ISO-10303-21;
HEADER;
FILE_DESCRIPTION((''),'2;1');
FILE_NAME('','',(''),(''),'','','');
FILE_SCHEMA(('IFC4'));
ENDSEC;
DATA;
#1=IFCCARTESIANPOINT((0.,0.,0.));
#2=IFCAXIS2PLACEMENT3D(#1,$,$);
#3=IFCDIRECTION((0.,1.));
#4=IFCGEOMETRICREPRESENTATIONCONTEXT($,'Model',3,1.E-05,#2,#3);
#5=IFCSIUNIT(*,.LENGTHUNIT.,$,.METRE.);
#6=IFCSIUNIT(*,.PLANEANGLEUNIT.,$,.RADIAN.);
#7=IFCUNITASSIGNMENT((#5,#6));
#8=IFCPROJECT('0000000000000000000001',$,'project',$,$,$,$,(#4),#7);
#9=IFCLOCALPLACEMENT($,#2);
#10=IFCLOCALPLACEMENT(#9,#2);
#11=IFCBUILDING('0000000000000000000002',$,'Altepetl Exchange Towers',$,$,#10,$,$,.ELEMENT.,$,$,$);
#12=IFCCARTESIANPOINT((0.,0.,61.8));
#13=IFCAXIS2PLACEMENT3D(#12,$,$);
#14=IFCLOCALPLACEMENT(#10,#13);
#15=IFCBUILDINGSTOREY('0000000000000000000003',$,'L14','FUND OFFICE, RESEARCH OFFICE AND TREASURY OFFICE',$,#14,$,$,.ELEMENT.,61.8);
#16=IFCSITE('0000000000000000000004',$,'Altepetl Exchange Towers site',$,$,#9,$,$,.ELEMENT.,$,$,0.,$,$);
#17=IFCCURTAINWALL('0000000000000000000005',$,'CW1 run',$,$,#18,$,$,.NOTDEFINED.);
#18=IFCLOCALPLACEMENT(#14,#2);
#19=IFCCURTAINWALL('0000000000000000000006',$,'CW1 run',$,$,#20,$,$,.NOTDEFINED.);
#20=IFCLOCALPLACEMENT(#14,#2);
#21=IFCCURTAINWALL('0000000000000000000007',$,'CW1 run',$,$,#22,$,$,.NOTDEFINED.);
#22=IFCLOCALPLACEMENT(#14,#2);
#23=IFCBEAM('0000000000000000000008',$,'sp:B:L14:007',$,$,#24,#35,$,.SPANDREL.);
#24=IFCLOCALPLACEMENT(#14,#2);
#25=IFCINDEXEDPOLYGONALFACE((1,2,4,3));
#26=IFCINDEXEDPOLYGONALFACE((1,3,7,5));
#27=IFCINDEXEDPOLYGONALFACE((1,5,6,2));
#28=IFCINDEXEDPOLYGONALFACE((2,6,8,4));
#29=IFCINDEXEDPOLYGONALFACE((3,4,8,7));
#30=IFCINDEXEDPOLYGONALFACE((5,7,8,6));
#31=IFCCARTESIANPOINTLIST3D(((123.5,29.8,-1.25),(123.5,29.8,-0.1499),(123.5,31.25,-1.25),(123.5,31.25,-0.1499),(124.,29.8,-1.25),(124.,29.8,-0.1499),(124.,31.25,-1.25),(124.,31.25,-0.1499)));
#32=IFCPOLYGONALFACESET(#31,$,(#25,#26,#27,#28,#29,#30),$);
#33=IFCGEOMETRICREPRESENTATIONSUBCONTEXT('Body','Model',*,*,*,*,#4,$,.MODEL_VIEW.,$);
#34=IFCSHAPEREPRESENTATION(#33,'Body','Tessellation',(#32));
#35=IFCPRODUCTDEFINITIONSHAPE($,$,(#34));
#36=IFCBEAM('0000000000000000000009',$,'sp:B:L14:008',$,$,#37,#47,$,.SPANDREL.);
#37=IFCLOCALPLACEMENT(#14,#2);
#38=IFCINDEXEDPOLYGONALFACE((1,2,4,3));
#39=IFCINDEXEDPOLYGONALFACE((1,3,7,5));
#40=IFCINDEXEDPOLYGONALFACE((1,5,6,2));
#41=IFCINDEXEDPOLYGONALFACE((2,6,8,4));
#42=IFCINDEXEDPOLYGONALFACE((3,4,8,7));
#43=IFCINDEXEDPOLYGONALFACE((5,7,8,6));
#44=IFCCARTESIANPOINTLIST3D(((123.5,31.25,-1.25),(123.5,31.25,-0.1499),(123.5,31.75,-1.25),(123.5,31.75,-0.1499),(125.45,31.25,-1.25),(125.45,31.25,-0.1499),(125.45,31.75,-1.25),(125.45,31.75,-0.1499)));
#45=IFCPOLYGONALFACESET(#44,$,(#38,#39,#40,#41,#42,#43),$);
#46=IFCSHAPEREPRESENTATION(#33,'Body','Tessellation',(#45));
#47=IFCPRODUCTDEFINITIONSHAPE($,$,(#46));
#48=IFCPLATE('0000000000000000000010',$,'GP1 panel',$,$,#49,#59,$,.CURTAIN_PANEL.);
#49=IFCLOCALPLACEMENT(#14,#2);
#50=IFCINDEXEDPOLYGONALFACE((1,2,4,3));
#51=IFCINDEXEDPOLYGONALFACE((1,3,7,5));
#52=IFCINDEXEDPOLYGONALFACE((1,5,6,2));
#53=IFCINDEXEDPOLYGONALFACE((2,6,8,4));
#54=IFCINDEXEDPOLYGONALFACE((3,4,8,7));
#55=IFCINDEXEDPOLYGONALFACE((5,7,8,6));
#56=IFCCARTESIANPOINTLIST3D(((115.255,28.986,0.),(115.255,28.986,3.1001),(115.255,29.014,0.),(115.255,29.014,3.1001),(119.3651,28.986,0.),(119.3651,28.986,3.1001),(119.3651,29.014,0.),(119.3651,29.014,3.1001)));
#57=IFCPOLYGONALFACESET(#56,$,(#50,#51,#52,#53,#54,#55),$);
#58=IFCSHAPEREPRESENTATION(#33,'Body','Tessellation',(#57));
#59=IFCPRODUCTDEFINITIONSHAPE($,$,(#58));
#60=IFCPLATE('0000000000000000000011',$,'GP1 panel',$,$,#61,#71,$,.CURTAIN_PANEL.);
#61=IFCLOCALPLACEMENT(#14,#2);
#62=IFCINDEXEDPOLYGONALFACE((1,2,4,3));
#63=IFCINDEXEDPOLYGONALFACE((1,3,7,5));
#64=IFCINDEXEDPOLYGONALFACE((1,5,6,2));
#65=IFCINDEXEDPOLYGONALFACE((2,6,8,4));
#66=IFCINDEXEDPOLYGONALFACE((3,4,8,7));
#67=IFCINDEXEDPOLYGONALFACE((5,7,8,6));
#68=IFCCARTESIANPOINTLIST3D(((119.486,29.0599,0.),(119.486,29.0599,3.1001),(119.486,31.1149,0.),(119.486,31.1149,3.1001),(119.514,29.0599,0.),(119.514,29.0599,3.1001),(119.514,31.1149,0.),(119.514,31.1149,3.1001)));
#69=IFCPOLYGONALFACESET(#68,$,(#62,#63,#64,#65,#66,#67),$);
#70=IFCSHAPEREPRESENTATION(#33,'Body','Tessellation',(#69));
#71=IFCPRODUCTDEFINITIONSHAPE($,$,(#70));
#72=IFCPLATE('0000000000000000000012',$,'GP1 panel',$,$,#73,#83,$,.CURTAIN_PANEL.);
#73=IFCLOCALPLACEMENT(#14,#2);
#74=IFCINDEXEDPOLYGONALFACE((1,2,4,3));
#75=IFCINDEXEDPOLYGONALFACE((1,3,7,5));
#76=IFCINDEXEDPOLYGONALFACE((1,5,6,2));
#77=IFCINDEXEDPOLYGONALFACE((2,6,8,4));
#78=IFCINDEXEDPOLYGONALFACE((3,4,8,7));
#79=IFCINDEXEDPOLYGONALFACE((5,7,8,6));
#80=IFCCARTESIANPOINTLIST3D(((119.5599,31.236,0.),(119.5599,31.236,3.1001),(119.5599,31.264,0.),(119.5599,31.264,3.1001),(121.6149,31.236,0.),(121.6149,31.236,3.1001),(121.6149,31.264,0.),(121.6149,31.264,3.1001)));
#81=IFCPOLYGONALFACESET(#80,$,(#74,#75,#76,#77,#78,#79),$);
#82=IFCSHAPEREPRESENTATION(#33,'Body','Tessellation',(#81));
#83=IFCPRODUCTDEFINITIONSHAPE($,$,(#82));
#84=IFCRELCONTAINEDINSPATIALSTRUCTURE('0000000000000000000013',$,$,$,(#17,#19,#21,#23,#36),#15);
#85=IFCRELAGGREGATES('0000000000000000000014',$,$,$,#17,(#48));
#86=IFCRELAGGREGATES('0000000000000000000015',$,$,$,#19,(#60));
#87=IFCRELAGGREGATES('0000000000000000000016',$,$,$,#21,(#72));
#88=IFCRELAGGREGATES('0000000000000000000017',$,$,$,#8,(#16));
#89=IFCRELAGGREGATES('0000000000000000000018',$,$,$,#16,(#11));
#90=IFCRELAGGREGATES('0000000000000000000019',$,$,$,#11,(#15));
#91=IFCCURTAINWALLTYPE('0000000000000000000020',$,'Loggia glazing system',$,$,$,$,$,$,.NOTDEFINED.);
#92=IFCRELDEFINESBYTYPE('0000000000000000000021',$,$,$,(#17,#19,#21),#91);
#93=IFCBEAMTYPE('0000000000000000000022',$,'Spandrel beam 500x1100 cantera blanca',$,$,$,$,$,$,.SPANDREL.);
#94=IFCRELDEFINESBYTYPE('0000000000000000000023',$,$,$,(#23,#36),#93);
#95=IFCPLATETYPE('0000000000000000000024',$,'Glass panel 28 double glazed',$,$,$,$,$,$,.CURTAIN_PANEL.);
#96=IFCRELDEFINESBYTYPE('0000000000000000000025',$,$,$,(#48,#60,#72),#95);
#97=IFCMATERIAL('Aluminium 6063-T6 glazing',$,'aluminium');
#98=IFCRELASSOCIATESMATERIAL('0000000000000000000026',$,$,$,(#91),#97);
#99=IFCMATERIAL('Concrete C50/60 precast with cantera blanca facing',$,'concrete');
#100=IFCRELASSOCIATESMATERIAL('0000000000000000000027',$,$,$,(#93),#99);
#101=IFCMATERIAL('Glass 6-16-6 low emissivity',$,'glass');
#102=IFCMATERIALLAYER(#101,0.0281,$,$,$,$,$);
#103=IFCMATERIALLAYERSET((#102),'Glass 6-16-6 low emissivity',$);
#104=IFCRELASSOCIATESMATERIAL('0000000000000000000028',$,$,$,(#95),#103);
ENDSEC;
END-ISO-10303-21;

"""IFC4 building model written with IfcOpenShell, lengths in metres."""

from ifc_helpers import new_model, si_unit, direction, frame, origin, origin_2d, place, context, subcontext, project, spatial, rectangle, extrude, material, layer, layer_set, material_profile, profile_set, type_object, element, aggregate, save


model = new_model("IFC4")

# Units and contexts
model_context = context("Model", 3, precision=1e-05, world=origin(), true_north=direction((0.0, 1.0)))
body_context = subcontext(model_context, "Body", "Model", "MODEL_VIEW")
ifc_project = project(units=[si_unit("LENGTHUNIT", "METRE"), si_unit("PLANEANGLEUNIT", "RADIAN")], contexts=[model_context])

# Site, building, storey
site_placement = place(None, origin())
site = spatial("IfcSite", under=ifc_project, at=site_placement, Name="Altepetl Exchange Towers site", CompositionType="ELEMENT", RefElevation=0.0)
building_placement = place(site_placement, origin())
building = spatial("IfcBuilding", under=site, at=building_placement, Name="Altepetl Exchange Towers", CompositionType="ELEMENT")
storey_placement = place(building_placement, frame((0.0, 0.0, 61.8)))
storey = spatial("IfcBuildingStorey", under=building, at=storey_placement, Name="L14", Description="FUND OFFICE, RESEARCH OFFICE AND TREASURY OFFICE", CompositionType="ELEMENT", Elevation=61.8)

# Curtain wall
ifc_material_1 = material(Name="Aluminium 6063-T6 glazing", Category="aluminium")
curtain_wall_type = type_object("IfcCurtainWallType", Name="Loggia glazing system", PredefinedType="NOTDEFINED", material=ifc_material_1)
curtain_wall_1_placement = place(storey_placement, origin())
curtain_wall_1 = element("IfcCurtainWall", 1, at=curtain_wall_1_placement, inside=storey, type_object=curtain_wall_type, Name="CW1 run", PredefinedType="NOTDEFINED")

# Curtain walls
curtain_wall_2_placement = place(storey_placement, origin())
curtain_wall_2 = element("IfcCurtainWall", 2, at=curtain_wall_2_placement, inside=storey, type_object=curtain_wall_type, Name="CW1 run", PredefinedType="NOTDEFINED")
curtain_wall_3_placement = place(storey_placement, origin())
curtain_wall_3 = element("IfcCurtainWall", 3, at=curtain_wall_3_placement, inside=storey, type_object=curtain_wall_type, Name="CW1 run", PredefinedType="NOTDEFINED")

# Beams
ifc_material_2 = material(Name="Concrete C50/60 precast with cantera blanca facing", Category="concrete")
ifc_material_profile_1 = material_profile(ifc_material_2, rectangle(XDim=0.5, YDim=1.1001, at=origin_2d()), Name="500 x 1100")
ifc_profile_set_1 = profile_set([ifc_material_profile_1], Name="Concrete C50/60 precast with cantera blanca facing")
beam_type_1 = type_object("IfcBeamType", Name="Spandrel beam 500x1100 cantera blanca", PredefinedType="SPANDREL", material=ifc_profile_set_1)
beam_1_placement = place(storey_placement, frame((123.75, 29.8, -0.7), z_axis=(0.0, 1.0, 0.0), x_axis=(-1.0, 0.0, 0.0)))
element("IfcBeam", 4, at=beam_1_placement, inside=storey, type_object=beam_type_1, Name="sp:B:L14:007", PredefinedType="SPANDREL", context=body_context, shape_type="SweptSolid", body=[
    extrude(rectangle(XDim=0.5, YDim=1.1001, at=origin_2d()), origin(), (0.0, 0.0, 1.0), 1.45),
])
beam_2_placement = place(storey_placement, frame((123.5, 31.5, -0.7), z_axis=(1.0, 0.0, 0.0), x_axis=(0.0, 1.0, 0.0)))
element("IfcBeam", 5, at=beam_2_placement, inside=storey, type_object=beam_type_1, Name="sp:B:L14:008", PredefinedType="SPANDREL", context=body_context, shape_type="SweptSolid", body=[
    extrude(rectangle(XDim=0.5, YDim=1.1001, at=origin_2d()), origin(), (0.0, 0.0, 1.0), 1.95),
])

# Plates
ifc_material_3 = material(Name="Glass 6-16-6 low emissivity", Category="glass")
ifc_layer = layer(ifc_material_3, 0.0281)
ifc_layer_set = layer_set([ifc_layer], Name="Glass 6-16-6 low emissivity")
plate_type = type_object("IfcPlateType", Name="Glass panel 28 double glazed", PredefinedType="CURTAIN_PANEL", material=ifc_layer_set)
plate_1_placement = place(storey_placement, frame((117.3101, 29.0, 0.0)))
plate_1 = element("IfcPlate", 6, at=plate_1_placement, type_object=plate_type, Name="GP1 panel", PredefinedType="CURTAIN_PANEL", context=body_context, shape_type="SweptSolid", body=[
    extrude(rectangle(XDim=4.1101, YDim=0.0281, at=origin_2d()), origin(), (0.0, 0.0, 1.0), 3.1001),
])
aggregate(curtain_wall_1, [plate_1])
plate_2_placement = place(storey_placement, frame((119.5, 30.0874, 0.0), z_axis=(0.0, 0.0, 1.0), x_axis=(0.0, 1.0, 0.0)))
plate_2 = element("IfcPlate", 7, at=plate_2_placement, type_object=plate_type, Name="GP1 panel", PredefinedType="CURTAIN_PANEL", context=body_context, shape_type="SweptSolid", body=[
    extrude(rectangle(XDim=2.0549, YDim=0.0281, at=origin_2d()), origin(), (0.0, 0.0, 1.0), 3.1001),
])
aggregate(curtain_wall_2, [plate_2])
plate_3_placement = place(storey_placement, frame((120.5874, 31.25, 0.0)))
plate_3 = element("IfcPlate", 8, at=plate_3_placement, type_object=plate_type, Name="GP1 panel", PredefinedType="CURTAIN_PANEL", context=body_context, shape_type="SweptSolid", body=[
    extrude(rectangle(XDim=2.0549, YDim=0.0281, at=origin_2d()), origin(), (0.0, 0.0, 1.0), 3.1001),
])
aggregate(curtain_wall_3, [plate_3])

save(model, "model.ifc")
